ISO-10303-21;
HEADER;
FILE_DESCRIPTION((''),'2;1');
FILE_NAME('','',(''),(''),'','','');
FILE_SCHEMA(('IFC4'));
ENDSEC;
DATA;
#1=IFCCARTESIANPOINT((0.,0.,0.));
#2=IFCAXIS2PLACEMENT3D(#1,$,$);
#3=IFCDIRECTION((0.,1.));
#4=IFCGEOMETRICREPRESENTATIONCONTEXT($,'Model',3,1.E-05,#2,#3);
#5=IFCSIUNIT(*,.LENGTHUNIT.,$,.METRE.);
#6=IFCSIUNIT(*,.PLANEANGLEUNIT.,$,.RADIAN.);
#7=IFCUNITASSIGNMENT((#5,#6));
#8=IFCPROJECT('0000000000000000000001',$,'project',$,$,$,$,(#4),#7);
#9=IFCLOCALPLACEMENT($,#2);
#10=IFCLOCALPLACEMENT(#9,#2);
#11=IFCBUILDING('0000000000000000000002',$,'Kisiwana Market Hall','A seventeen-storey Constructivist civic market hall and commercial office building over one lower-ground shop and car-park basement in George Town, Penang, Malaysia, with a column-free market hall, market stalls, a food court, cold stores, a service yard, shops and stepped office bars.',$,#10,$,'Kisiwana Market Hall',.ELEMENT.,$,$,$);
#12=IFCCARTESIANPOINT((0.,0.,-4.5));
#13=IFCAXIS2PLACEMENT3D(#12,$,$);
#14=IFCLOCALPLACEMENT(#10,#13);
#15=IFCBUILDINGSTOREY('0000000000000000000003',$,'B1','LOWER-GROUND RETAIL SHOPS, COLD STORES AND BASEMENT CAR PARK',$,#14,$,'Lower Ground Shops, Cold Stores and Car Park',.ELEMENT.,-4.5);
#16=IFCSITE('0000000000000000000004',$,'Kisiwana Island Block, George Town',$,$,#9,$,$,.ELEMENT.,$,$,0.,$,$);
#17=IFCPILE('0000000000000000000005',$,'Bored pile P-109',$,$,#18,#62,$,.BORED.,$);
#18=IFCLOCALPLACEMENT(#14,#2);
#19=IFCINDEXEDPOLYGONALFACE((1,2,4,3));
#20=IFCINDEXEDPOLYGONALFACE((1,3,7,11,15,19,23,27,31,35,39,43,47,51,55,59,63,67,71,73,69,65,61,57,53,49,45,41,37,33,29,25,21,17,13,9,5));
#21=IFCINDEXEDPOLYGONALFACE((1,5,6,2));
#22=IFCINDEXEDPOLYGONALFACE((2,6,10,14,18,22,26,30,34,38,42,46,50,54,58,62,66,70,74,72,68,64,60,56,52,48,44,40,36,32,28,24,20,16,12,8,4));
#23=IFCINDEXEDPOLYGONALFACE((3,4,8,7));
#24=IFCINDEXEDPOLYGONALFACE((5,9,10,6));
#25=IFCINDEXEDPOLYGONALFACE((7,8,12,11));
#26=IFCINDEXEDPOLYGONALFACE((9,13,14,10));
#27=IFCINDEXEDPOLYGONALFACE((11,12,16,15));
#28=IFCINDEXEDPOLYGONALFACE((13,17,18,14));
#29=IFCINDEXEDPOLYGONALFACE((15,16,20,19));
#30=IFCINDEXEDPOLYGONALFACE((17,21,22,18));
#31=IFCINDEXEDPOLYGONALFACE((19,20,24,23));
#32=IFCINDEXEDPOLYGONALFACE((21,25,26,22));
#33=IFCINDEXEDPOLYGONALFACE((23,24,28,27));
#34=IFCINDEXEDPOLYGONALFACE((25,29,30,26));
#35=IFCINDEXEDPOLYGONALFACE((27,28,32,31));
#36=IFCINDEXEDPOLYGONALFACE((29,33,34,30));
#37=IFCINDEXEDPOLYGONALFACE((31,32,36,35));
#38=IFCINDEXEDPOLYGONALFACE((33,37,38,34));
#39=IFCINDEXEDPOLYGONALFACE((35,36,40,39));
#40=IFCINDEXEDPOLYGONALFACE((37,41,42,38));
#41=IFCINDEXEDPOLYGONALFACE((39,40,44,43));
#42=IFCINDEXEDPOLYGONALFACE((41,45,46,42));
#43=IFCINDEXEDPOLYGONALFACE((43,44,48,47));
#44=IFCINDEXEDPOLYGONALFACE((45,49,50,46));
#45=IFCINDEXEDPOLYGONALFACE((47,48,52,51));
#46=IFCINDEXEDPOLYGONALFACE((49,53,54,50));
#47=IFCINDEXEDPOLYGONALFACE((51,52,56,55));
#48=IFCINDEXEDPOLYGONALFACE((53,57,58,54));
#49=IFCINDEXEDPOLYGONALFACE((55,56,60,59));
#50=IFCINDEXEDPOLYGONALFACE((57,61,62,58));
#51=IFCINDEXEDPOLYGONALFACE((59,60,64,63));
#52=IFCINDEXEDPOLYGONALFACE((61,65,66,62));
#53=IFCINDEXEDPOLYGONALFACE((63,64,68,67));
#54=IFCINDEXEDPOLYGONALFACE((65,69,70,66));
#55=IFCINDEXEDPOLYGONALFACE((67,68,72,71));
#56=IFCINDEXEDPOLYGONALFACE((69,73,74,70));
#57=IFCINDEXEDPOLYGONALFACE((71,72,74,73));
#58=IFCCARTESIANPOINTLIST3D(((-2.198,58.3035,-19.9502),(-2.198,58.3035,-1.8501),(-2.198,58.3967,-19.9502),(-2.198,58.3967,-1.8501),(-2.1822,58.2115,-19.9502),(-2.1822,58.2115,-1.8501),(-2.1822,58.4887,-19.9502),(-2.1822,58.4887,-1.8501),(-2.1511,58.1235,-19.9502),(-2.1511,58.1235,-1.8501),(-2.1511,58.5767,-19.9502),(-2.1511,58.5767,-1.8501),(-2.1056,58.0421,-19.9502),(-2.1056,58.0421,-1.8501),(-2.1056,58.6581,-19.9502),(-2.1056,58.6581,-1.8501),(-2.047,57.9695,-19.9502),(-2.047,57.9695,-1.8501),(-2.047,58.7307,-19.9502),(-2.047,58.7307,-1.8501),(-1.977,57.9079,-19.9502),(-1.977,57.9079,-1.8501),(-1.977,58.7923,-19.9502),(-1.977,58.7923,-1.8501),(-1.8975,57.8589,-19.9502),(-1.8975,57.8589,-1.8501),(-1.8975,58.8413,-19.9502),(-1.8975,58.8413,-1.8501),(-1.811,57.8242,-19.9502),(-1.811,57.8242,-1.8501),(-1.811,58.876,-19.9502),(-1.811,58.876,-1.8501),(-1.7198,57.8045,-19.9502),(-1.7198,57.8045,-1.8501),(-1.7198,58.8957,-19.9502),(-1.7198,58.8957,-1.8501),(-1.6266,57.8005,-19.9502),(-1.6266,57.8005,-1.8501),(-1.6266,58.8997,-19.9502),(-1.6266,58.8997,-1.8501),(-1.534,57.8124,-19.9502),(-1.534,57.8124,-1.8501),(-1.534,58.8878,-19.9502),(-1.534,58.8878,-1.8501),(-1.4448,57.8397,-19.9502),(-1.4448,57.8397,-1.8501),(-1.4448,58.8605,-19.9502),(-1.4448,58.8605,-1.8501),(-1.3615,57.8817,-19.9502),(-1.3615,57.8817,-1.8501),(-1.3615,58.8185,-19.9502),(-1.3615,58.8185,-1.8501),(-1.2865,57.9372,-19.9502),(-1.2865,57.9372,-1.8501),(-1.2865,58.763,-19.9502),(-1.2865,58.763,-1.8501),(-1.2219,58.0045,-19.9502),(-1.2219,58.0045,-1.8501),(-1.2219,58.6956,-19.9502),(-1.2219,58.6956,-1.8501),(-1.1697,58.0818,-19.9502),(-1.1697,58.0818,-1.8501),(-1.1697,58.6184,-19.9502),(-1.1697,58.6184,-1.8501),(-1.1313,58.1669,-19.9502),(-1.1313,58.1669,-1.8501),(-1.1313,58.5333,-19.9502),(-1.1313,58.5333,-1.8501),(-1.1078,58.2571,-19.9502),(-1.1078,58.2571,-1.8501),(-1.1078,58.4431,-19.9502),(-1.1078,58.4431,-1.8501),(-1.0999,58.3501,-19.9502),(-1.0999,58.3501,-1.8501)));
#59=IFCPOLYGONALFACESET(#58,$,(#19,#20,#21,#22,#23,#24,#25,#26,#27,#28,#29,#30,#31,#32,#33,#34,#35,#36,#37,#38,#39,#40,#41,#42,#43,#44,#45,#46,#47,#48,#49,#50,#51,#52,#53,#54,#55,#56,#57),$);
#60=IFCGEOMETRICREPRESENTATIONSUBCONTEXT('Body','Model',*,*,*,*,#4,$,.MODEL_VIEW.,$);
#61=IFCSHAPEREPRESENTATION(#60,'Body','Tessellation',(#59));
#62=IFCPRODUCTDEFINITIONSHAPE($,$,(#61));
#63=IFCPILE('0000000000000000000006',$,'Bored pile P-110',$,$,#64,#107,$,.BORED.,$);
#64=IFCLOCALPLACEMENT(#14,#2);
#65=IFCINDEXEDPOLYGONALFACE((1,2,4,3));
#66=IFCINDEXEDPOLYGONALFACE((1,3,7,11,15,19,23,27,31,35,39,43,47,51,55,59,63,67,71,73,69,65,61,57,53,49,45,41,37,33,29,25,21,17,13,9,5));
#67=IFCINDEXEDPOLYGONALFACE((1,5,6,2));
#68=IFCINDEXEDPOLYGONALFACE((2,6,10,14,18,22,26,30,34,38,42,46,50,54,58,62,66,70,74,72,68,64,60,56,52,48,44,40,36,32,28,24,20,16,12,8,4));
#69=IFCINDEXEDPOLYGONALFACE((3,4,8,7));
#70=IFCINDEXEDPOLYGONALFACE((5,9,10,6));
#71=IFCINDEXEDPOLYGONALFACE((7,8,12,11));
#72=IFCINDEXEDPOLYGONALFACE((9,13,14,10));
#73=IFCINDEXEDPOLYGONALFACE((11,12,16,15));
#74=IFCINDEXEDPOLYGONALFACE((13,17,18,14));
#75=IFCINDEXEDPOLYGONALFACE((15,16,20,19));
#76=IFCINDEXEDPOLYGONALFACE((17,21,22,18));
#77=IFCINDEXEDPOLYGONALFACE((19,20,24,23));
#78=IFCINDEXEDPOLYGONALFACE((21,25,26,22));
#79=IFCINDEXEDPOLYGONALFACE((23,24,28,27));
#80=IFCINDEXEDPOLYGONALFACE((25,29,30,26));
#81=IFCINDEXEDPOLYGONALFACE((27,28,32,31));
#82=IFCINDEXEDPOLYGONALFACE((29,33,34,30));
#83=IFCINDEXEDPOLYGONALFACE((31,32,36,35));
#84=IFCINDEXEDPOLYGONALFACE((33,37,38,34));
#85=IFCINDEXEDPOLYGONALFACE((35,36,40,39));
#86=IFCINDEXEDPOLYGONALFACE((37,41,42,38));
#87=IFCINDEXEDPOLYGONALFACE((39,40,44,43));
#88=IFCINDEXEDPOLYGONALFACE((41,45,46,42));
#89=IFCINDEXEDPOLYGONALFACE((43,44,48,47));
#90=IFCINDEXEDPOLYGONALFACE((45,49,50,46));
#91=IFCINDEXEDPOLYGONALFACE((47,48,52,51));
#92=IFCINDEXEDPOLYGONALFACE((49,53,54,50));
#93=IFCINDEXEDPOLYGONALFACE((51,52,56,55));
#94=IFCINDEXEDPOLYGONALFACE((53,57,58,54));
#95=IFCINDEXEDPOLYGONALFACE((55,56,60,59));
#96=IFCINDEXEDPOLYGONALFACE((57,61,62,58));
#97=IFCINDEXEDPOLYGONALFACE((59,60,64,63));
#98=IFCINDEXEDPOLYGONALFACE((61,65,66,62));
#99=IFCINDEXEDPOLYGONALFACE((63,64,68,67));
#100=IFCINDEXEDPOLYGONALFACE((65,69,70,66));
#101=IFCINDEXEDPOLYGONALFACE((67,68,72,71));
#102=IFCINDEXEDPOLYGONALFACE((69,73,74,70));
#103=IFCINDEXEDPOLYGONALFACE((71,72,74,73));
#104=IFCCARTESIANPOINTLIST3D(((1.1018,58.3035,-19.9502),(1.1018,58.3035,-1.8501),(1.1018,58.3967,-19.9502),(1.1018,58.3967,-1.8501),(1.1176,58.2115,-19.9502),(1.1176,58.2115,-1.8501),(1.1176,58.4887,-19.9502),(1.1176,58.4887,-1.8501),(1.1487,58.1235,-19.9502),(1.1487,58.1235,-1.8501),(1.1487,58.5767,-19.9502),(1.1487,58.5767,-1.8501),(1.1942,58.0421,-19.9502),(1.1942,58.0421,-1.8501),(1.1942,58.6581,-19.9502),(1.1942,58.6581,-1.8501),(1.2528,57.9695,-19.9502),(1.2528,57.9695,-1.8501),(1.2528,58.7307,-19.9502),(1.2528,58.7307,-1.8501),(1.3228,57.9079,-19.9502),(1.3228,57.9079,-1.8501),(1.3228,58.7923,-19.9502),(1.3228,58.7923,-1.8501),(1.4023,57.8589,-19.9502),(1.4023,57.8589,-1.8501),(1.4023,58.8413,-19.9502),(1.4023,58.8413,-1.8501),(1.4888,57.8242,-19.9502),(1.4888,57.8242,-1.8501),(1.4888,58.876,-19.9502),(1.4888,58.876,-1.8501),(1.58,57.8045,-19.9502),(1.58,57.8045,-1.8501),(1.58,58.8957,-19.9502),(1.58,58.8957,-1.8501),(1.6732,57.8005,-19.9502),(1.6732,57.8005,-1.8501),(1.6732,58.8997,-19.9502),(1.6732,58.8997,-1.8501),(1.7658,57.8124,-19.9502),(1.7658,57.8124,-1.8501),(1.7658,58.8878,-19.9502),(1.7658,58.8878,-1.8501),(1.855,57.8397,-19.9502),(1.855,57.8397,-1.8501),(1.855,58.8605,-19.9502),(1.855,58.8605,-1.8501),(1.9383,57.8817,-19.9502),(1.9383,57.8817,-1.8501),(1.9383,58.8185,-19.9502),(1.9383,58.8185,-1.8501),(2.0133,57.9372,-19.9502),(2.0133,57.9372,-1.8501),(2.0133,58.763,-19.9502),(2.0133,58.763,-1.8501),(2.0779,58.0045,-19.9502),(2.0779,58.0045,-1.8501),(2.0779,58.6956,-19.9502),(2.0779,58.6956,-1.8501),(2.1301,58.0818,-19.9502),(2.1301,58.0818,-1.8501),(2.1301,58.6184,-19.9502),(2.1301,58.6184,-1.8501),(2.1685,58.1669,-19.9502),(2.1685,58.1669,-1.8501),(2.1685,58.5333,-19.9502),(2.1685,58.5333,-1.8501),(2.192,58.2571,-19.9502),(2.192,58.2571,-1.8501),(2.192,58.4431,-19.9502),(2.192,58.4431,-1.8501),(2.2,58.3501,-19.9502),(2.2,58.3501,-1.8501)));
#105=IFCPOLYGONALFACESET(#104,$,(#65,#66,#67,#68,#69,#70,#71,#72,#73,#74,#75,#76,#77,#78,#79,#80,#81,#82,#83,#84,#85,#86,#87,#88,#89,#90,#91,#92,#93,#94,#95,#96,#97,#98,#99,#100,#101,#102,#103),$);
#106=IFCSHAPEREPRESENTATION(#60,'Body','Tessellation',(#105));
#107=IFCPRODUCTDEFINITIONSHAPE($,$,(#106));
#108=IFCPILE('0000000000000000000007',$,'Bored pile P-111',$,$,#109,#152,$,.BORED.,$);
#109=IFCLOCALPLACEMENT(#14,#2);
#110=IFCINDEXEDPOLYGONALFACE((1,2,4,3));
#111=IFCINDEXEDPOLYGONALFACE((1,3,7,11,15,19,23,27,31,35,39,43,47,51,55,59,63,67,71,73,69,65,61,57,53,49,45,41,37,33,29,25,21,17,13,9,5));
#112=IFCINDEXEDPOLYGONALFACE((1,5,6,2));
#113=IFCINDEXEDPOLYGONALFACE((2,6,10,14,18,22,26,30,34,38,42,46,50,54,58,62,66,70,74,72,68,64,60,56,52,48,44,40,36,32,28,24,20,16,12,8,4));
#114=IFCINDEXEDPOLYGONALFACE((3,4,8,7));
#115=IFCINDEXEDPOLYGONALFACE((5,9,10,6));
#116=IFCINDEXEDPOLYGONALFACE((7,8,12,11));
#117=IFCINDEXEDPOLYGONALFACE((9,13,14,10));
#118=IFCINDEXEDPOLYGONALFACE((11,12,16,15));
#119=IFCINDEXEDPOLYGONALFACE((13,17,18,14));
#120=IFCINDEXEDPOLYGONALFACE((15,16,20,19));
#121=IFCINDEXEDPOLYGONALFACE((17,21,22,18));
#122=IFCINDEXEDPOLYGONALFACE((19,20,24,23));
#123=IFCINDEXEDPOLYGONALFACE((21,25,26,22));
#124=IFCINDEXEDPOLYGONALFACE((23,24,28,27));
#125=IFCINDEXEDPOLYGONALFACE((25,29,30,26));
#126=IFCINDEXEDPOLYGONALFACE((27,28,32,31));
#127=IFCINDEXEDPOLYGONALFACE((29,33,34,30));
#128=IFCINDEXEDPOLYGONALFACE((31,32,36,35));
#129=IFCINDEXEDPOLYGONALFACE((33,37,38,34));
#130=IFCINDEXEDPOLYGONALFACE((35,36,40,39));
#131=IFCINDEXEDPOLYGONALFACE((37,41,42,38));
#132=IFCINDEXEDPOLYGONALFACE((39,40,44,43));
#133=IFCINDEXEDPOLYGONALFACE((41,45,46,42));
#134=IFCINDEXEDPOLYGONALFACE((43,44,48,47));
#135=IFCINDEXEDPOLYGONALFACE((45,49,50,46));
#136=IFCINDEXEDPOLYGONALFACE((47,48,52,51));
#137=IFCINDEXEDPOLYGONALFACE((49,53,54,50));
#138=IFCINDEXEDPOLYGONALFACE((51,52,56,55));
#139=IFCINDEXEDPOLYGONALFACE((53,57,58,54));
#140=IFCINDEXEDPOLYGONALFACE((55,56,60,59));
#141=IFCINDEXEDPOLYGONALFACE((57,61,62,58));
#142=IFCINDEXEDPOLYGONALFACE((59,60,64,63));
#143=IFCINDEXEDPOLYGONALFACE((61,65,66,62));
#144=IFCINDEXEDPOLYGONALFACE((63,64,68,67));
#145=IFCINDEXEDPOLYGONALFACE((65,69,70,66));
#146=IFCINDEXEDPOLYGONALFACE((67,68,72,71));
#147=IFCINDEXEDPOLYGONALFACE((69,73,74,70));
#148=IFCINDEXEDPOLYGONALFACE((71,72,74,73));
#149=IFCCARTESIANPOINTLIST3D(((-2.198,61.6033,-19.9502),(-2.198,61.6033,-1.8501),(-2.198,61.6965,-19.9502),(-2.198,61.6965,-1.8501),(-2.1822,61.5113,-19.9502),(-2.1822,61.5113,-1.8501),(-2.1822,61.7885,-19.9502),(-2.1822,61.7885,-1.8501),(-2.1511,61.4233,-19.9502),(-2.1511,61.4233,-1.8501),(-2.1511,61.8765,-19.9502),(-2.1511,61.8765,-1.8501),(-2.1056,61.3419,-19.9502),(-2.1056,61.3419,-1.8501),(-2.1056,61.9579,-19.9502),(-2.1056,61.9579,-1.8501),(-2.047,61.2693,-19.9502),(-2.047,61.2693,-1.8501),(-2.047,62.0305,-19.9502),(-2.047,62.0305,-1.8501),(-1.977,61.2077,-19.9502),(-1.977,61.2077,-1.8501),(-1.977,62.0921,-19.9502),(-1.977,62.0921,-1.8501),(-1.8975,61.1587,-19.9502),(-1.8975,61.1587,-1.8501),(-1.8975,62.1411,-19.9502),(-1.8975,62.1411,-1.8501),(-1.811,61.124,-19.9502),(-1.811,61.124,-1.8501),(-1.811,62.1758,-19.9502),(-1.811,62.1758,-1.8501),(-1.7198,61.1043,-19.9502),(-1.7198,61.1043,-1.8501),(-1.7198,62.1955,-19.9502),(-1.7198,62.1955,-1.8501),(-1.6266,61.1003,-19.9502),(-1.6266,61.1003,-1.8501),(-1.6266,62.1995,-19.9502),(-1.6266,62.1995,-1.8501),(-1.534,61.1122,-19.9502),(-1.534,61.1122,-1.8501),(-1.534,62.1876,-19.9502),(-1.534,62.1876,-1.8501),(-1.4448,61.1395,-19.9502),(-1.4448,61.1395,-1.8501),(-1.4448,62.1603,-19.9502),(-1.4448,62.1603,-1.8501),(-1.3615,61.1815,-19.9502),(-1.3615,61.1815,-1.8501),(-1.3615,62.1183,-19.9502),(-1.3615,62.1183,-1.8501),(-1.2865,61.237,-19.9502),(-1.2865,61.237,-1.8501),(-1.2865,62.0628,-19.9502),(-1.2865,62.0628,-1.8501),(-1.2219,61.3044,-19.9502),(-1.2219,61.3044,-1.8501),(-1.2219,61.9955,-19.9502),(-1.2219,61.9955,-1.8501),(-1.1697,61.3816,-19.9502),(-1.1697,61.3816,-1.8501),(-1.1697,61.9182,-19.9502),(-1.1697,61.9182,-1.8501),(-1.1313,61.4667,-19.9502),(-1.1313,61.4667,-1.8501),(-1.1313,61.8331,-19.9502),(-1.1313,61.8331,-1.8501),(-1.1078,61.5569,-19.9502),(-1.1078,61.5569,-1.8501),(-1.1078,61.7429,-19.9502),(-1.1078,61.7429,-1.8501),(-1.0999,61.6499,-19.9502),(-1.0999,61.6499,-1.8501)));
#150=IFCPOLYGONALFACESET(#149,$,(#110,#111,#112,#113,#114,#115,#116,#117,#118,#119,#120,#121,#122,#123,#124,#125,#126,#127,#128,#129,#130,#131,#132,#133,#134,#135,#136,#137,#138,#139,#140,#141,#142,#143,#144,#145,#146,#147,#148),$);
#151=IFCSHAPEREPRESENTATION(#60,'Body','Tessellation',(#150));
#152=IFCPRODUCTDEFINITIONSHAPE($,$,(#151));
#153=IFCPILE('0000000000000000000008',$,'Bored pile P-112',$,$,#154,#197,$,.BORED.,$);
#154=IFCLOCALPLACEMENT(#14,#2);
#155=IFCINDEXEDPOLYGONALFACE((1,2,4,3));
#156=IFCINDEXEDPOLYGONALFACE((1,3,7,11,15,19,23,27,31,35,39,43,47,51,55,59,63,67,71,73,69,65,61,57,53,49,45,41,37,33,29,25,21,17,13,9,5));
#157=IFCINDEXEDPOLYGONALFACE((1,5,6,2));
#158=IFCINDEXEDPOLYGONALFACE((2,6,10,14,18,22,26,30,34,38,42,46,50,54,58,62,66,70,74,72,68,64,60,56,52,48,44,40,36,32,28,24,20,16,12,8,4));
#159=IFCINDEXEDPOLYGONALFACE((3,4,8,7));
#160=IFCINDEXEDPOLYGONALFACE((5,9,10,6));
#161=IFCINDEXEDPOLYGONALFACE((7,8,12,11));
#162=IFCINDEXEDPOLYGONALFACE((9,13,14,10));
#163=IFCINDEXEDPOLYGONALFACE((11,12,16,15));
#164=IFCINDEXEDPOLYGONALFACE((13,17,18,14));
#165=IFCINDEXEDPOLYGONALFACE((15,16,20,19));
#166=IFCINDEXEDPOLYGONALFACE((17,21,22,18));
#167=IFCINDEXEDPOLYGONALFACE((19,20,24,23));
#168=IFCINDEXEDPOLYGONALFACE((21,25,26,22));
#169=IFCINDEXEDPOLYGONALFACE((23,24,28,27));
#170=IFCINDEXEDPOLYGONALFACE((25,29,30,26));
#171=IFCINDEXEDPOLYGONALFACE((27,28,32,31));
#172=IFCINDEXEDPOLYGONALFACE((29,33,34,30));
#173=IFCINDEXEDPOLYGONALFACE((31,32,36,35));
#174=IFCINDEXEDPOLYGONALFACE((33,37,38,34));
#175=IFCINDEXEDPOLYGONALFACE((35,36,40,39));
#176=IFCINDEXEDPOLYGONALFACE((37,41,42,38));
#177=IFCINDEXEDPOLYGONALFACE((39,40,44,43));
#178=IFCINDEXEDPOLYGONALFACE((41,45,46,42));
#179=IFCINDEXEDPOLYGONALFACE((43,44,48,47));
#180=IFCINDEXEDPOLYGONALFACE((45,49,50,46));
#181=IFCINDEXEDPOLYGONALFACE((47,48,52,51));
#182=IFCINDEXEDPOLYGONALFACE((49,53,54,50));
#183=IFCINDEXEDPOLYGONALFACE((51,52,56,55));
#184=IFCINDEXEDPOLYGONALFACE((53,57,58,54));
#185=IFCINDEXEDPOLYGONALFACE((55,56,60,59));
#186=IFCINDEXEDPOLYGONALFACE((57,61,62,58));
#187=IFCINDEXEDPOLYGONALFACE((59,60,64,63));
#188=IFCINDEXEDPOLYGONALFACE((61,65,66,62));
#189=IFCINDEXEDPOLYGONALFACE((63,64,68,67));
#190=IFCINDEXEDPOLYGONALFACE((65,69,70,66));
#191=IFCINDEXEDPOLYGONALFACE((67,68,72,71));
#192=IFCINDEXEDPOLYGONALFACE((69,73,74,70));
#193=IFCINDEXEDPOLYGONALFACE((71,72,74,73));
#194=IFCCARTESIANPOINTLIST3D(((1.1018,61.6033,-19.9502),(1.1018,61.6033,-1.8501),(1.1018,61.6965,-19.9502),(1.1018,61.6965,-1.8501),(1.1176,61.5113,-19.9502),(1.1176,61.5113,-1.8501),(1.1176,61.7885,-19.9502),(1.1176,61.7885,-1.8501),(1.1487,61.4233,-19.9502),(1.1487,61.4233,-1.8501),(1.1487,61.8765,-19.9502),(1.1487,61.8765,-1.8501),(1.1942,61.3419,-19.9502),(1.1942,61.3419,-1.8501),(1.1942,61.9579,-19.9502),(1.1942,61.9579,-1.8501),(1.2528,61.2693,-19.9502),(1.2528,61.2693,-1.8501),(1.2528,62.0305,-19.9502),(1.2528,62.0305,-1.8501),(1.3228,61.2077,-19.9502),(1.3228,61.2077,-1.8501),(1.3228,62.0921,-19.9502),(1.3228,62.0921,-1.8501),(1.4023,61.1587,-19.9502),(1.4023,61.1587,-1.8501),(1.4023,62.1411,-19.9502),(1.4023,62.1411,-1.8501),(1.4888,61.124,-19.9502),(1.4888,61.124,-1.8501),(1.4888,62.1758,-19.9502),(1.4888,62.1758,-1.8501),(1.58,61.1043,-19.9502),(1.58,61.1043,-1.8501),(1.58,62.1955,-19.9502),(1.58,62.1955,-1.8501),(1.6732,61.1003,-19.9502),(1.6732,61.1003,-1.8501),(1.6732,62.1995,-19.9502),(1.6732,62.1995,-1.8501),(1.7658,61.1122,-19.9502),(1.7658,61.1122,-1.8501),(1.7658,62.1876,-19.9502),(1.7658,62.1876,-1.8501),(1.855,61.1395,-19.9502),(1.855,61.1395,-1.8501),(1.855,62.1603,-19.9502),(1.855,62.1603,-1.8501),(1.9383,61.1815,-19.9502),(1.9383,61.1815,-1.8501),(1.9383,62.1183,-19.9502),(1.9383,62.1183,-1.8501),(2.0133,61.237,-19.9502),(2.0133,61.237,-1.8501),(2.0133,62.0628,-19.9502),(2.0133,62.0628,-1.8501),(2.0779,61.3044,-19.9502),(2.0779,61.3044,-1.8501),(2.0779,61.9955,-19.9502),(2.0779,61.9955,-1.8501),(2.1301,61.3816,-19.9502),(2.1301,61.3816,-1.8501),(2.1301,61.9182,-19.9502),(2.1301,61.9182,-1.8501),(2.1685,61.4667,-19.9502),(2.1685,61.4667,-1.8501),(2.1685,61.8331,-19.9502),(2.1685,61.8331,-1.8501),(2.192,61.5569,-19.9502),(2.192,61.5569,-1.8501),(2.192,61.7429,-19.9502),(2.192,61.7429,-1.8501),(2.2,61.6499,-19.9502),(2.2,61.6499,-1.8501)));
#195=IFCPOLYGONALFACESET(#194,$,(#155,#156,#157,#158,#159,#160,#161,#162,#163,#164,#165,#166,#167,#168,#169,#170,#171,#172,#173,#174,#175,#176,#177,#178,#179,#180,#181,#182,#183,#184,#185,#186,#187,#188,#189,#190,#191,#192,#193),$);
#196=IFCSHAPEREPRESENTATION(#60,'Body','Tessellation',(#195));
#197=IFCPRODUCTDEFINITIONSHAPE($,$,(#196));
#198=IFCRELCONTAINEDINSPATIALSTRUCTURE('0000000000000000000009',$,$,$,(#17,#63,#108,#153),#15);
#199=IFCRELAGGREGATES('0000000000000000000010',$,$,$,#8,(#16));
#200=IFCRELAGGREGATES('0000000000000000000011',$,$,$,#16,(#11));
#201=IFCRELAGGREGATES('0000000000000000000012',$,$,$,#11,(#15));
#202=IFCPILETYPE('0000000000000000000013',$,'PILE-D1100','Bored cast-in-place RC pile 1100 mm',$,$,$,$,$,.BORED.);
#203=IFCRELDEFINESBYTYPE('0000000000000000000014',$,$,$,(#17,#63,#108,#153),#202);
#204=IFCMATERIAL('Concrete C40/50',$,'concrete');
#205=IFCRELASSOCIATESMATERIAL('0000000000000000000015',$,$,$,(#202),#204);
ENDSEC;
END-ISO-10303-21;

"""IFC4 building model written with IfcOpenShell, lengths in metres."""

from ifc_helpers import new_model, si_unit, direction, frame, origin, origin_2d, place, context, subcontext, project, spatial, circle, extrude, material, material_profile, profile_set, type_object, element, save


model = new_model("IFC4")

# Units and contexts
model_context = context("Model", 3, precision=1e-05, world=origin(), true_north=direction((0.0, 1.0)))
body_context = subcontext(model_context, "Body", "Model", "MODEL_VIEW")
ifc_project = project(units=[si_unit("LENGTHUNIT", "METRE"), si_unit("PLANEANGLEUNIT", "RADIAN")], contexts=[model_context])

# Site, building, storey
site_placement = place(None, origin())
site = spatial("IfcSite", under=ifc_project, at=site_placement, Name="Kisiwana Island Block, George Town", CompositionType="ELEMENT", RefElevation=0.0)
building_placement = place(site_placement, origin())
building = spatial("IfcBuilding", under=site, at=building_placement, Name="Kisiwana Market Hall", Description="A seventeen-storey Constructivist civic market hall and commercial office building over one lower-ground shop and car-park basement in George Town, Penang, Malaysia, with a column-free market hall, market stalls, a food court, cold stores, a service yard, shops and stepped office bars.", LongName="Kisiwana Market Hall", CompositionType="ELEMENT")
storey_placement = place(building_placement, frame((0.0, 0.0, -4.5)))
storey = spatial("IfcBuildingStorey", under=building, at=storey_placement, Name="B1", Description="LOWER-GROUND RETAIL SHOPS, COLD STORES AND BASEMENT CAR PARK", LongName="Lower Ground Shops, Cold Stores and Car Park", CompositionType="ELEMENT", Elevation=-4.5)

# Piles
ifc_material_1 = material(Name="Concrete C40/50", Category="concrete")
ifc_material_profile_1 = material_profile(ifc_material_1, circle(Radius=0.55, at=origin_2d()), Name="BP D1100")
ifc_profile_set_1 = profile_set([ifc_material_profile_1], Name="Concrete C40/50")
pile_type_1 = type_object("IfcPileType", Name="PILE-D1100", Description="Bored cast-in-place RC pile 1100 mm", PredefinedType="BORED", material=ifc_profile_set_1)
for number, where, z_axis, x_axis, name in (
    (1, (-1.6499, 58.3501, -1.8501), (0.0, 0.0, -1.0), (1.0, 0.0, 0.0), "Bored pile P-109"),
    (2, (1.6499, 58.3501, -1.8501), (0.0, 0.0, -1.0), (1.0, 0.0, 0.0), "Bored pile P-110"),
    (3, (-1.6499, 61.6499, -1.8501), (0.0, 0.0, -1.0), (1.0, 0.0, 0.0), "Bored pile P-111"),
    (4, (1.6499, 61.6499, -1.8501), (0.0, 0.0, -1.0), (1.0, 0.0, 0.0), "Bored pile P-112"),
):
    element("IfcPile", number, at=place(storey_placement, frame(where, z_axis=z_axis, x_axis=x_axis)), inside=storey, type_object=pile_type_1, Name=name, PredefinedType="BORED", context=body_context, shape_type="SweptSolid", body=[
        extrude(circle(Radius=0.55, at=origin_2d()), origin(), (0.0, 0.0, 1.0), 18.1001),
    ])

save(model, "model.ifc")
